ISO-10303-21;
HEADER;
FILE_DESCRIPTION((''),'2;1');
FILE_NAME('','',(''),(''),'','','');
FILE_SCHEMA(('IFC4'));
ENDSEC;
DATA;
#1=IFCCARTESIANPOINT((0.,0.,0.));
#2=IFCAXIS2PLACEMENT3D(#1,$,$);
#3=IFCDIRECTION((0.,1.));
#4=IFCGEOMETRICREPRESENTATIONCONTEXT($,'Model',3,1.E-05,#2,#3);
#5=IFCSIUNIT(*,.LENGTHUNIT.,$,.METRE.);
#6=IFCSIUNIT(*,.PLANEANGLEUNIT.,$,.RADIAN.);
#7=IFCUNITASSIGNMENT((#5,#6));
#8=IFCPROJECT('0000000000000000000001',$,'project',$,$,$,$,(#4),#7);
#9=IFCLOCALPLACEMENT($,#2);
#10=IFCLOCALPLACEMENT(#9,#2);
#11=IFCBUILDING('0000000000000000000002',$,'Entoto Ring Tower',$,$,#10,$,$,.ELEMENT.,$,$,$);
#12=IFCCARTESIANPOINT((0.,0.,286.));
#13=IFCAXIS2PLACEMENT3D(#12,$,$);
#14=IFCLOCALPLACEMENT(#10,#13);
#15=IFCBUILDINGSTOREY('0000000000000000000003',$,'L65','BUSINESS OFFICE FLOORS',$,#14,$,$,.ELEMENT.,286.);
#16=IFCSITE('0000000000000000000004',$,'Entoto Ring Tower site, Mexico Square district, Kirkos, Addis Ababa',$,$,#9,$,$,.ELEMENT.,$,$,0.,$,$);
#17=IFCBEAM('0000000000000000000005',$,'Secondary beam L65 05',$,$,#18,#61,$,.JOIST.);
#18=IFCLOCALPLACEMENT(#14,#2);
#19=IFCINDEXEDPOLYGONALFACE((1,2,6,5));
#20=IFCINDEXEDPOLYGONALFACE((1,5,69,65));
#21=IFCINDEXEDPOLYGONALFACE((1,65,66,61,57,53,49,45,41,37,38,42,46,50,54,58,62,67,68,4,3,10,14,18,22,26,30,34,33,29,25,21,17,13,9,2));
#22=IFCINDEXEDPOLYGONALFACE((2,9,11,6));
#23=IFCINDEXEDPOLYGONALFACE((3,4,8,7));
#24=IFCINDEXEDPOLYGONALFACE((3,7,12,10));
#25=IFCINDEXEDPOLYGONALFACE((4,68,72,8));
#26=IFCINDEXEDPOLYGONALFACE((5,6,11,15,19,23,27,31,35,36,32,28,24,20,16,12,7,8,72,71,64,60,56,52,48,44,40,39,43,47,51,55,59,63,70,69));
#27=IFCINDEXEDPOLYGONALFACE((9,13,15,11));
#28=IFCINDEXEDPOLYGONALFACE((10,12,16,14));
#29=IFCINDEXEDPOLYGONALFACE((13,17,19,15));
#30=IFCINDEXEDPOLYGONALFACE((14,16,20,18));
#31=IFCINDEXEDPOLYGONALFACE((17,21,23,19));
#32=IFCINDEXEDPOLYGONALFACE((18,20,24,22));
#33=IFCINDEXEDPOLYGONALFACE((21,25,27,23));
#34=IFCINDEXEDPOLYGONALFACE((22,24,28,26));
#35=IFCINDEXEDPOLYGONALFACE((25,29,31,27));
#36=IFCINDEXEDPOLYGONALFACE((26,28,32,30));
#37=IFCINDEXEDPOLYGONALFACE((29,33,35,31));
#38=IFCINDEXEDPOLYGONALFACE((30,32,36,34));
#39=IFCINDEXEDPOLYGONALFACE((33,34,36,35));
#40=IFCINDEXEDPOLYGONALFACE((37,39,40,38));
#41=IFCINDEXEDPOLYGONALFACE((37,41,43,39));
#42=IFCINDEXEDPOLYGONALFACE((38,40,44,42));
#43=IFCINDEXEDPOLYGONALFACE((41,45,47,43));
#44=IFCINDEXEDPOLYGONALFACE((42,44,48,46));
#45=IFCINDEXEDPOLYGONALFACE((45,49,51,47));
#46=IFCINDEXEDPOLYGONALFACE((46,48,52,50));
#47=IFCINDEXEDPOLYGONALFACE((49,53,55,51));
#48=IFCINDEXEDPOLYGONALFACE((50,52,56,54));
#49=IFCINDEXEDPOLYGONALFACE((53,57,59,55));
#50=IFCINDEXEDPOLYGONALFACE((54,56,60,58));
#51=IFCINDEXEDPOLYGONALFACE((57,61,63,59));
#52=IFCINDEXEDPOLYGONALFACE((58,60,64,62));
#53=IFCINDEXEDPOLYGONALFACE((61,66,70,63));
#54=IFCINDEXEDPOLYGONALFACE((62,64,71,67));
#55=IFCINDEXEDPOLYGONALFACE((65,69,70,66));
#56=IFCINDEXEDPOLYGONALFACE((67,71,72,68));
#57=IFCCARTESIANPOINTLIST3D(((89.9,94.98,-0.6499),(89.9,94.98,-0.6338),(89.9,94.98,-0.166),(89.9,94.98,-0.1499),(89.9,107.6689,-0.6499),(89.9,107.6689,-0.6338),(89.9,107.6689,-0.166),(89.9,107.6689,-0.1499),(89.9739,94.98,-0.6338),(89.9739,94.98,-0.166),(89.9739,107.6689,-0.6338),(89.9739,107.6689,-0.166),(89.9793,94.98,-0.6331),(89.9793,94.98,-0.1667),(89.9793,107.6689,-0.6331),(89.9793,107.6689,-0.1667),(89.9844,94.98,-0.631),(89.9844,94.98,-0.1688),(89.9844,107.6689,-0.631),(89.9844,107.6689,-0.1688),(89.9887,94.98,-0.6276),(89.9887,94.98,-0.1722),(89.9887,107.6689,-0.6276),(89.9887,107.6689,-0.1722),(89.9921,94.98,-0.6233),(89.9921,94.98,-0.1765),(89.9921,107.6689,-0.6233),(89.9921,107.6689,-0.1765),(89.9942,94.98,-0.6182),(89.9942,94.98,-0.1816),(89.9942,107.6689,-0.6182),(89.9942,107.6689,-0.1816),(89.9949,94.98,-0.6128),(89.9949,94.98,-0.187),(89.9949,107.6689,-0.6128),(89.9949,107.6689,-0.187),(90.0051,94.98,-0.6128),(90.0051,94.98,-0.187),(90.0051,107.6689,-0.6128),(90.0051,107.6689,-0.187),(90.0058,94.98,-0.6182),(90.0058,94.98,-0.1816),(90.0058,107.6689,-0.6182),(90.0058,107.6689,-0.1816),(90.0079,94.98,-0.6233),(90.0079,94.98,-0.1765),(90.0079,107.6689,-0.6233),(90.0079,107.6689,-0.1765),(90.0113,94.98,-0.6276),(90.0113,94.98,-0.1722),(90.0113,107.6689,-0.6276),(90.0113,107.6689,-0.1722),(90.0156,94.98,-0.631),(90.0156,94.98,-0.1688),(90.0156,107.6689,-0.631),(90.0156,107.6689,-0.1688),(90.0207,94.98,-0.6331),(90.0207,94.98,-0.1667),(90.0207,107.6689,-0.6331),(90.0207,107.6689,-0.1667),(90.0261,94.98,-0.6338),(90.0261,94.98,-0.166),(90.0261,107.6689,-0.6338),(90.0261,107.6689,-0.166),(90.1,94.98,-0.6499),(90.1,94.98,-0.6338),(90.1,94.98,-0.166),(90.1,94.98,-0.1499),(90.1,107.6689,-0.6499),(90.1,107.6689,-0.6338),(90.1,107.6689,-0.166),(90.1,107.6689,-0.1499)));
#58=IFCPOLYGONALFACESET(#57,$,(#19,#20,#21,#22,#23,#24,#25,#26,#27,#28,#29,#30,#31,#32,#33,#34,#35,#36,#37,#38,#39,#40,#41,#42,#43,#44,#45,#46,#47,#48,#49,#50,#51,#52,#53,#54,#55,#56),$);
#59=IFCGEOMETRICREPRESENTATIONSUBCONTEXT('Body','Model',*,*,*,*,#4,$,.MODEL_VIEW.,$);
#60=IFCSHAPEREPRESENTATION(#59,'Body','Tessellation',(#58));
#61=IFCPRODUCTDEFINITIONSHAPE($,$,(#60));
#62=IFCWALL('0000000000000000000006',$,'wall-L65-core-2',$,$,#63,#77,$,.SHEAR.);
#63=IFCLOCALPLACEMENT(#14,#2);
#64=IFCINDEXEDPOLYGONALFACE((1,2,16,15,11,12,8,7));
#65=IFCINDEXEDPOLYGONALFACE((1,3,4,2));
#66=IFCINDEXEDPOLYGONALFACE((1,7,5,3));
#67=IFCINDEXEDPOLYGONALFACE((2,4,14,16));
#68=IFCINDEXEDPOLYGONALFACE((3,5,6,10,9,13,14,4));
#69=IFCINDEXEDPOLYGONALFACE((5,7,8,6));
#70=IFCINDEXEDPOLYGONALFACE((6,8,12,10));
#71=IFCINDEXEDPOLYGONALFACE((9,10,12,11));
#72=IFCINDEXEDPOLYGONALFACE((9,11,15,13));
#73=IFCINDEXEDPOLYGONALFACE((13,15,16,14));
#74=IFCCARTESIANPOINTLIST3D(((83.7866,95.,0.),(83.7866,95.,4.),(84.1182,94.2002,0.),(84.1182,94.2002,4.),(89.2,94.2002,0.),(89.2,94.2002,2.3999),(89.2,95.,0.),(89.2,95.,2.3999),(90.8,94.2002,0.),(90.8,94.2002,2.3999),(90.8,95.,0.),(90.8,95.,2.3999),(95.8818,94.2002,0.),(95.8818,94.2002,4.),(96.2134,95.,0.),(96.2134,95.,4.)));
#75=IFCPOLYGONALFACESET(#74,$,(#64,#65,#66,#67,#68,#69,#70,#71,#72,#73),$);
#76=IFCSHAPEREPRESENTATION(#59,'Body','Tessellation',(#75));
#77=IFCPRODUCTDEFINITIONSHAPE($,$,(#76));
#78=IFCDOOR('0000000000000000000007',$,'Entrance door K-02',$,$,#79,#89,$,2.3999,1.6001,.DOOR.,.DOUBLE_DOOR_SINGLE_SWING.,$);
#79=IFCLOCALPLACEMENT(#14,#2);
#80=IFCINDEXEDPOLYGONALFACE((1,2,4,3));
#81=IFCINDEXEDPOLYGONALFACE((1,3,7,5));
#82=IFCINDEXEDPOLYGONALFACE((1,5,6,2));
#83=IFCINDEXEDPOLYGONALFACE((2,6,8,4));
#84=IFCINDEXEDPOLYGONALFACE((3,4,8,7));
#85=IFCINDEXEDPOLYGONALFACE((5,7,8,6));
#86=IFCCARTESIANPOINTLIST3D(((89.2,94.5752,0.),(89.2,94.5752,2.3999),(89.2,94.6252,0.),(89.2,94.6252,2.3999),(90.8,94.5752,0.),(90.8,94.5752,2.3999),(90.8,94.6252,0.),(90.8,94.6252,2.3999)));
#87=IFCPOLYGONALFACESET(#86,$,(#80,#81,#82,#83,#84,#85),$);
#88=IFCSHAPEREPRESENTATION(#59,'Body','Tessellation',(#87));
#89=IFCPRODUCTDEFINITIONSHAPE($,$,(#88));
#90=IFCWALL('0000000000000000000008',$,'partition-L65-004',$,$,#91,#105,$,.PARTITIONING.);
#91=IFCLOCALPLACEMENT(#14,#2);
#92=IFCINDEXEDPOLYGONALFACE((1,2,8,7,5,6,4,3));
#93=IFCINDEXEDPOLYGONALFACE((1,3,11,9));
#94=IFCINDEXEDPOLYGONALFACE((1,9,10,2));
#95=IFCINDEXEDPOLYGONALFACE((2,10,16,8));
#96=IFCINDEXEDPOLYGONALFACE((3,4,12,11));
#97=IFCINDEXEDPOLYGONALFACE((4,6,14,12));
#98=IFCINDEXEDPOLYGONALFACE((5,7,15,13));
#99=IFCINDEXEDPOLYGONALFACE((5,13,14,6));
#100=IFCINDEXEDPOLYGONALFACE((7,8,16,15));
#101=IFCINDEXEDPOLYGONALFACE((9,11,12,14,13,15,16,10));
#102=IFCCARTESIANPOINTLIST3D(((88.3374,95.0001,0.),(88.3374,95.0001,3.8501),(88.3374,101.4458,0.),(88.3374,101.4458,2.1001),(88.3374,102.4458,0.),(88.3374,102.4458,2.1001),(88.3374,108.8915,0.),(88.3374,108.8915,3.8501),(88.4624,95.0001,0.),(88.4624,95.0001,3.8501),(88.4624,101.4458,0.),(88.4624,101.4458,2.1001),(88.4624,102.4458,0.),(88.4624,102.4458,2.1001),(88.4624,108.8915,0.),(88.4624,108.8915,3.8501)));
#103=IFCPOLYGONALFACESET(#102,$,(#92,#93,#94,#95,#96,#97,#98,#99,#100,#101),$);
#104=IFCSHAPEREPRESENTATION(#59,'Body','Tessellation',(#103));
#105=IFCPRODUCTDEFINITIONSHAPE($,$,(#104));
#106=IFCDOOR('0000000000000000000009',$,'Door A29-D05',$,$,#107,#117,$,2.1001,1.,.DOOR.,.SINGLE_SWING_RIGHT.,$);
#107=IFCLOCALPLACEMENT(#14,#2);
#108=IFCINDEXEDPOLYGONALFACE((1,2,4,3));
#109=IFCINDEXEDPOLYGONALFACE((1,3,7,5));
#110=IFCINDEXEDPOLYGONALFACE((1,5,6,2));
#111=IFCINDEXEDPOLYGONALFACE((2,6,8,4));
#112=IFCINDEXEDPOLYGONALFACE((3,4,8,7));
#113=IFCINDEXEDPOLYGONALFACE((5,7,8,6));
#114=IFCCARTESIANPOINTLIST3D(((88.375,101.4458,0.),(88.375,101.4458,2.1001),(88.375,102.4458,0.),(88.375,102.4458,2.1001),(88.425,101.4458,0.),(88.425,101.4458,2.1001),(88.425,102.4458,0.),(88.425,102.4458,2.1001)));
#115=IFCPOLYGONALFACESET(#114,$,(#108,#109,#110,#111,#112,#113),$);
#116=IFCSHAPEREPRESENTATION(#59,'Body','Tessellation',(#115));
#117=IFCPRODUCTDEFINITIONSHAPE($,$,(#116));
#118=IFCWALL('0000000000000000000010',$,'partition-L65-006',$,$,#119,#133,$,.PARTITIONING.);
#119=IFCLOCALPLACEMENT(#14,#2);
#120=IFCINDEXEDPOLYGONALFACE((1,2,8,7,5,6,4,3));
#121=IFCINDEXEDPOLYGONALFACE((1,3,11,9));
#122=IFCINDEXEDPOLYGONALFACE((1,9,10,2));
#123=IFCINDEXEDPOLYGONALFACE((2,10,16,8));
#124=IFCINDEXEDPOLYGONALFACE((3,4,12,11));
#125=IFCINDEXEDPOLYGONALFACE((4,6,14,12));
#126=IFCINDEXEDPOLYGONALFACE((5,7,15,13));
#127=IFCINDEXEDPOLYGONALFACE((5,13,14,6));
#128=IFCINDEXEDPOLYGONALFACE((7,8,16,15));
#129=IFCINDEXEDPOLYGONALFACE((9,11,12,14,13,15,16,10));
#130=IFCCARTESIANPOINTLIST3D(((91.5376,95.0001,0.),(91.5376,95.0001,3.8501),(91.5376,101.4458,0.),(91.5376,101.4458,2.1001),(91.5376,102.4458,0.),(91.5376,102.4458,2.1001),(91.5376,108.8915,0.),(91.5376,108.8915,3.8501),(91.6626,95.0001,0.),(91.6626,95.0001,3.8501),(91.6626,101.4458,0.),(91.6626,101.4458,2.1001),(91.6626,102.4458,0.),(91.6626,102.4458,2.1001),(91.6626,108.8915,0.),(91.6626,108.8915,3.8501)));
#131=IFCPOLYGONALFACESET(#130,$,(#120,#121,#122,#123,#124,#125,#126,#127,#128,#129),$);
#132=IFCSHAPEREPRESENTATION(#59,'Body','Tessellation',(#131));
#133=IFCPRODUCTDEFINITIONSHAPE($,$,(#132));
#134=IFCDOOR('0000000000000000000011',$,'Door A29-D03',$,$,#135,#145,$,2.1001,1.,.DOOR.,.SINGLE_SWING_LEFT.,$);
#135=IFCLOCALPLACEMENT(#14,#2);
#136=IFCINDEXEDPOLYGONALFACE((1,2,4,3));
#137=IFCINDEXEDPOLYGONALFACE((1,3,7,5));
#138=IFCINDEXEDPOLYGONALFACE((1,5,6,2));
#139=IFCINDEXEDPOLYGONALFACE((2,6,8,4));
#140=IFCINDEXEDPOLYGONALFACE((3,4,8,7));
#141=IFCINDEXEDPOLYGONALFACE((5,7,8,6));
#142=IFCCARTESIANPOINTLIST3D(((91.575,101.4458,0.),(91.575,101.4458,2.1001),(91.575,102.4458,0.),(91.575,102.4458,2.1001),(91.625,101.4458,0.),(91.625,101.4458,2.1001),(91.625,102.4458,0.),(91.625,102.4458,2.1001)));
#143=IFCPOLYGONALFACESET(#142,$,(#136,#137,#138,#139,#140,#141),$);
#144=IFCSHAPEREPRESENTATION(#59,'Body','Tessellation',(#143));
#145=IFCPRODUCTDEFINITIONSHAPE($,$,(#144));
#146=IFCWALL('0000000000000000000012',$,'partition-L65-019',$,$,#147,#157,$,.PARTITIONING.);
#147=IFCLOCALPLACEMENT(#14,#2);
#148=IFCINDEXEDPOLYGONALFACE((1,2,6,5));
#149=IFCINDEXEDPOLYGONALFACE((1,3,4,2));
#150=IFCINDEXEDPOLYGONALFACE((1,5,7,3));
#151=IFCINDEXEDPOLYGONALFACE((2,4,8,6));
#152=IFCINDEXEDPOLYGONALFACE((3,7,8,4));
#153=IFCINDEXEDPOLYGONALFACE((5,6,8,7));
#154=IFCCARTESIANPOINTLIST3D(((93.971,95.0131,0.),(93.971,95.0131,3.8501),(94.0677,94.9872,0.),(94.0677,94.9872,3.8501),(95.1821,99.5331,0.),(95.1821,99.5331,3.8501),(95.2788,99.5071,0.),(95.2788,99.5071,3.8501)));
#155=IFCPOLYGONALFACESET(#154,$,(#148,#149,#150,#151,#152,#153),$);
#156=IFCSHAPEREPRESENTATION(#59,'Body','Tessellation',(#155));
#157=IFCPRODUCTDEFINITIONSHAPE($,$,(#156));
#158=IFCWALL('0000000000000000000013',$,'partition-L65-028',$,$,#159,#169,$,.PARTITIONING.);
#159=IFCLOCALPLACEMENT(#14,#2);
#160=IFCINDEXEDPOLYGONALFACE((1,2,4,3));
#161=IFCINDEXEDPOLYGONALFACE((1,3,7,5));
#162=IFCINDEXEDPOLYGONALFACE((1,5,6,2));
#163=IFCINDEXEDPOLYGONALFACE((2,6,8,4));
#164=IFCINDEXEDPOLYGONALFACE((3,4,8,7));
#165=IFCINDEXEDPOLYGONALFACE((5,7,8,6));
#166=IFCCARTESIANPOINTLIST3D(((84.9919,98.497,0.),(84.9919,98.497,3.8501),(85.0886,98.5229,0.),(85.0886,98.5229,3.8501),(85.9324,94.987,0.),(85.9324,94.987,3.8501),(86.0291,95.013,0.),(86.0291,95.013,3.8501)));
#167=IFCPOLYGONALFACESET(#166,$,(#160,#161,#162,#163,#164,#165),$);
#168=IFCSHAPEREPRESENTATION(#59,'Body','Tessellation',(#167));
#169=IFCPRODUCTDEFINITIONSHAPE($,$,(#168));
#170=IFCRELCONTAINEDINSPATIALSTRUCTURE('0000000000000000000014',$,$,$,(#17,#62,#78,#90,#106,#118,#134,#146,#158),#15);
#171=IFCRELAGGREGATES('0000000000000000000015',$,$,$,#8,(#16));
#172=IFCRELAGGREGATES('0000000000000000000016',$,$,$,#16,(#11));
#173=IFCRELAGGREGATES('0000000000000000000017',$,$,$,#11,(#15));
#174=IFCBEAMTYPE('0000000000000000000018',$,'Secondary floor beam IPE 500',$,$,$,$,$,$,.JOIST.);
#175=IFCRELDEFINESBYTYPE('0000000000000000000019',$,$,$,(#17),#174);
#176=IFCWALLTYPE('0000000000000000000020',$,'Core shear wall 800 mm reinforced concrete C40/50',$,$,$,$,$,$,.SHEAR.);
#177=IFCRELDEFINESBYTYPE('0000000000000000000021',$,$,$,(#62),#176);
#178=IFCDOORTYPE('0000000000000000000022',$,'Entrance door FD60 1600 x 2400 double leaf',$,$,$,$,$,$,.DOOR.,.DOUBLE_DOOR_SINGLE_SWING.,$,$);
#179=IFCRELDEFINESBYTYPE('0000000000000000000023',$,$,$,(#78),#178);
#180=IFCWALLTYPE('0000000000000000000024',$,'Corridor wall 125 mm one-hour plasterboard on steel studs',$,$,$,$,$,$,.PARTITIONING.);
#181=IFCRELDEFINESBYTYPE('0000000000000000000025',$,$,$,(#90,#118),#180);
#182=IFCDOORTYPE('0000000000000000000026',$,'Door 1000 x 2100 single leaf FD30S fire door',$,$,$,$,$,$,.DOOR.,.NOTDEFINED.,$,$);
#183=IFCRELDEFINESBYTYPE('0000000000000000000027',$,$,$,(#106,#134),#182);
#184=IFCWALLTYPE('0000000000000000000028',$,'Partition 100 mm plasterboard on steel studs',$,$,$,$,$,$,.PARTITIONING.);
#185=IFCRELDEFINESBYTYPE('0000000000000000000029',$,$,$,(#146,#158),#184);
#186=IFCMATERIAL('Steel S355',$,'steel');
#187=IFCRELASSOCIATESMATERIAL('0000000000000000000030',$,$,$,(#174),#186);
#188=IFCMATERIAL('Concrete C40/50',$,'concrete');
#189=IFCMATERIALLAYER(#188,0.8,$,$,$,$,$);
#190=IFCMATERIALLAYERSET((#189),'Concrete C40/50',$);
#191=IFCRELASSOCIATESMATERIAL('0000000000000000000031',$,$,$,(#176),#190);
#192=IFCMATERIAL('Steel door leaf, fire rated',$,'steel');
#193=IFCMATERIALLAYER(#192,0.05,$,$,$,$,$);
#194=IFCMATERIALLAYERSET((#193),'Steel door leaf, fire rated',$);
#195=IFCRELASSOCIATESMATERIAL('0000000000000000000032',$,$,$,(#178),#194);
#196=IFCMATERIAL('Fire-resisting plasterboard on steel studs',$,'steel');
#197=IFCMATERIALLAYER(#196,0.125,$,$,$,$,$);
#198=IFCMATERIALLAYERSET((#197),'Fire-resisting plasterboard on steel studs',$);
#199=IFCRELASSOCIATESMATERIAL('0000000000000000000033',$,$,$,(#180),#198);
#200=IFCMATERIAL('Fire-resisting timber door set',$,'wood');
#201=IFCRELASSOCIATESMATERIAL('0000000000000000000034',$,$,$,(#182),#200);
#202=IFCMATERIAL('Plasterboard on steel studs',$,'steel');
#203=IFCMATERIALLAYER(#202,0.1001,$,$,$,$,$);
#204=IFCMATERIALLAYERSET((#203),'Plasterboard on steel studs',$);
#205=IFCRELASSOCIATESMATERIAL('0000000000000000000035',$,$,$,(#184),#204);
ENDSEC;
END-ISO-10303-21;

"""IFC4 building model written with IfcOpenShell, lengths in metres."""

from ifc_helpers import new_model, si_unit, direction, frame, frame_2d, origin, origin_2d, place, context, subcontext, project, spatial, polyline, rectangle, i_section, outline, extrude, material, layer, layer_set, material_profile, profile_set, type_object, element, fill, save


model = new_model("IFC4")

# Units and contexts
model_context = context("Model", 3, precision=1e-05, world=origin(), true_north=direction((0.0, 1.0)))
body_context = subcontext(model_context, "Body", "Model", "MODEL_VIEW")
ifc_project = project(units=[si_unit("LENGTHUNIT", "METRE"), si_unit("PLANEANGLEUNIT", "RADIAN")], contexts=[model_context])

# Site, building, storey
site_placement = place(None, origin())
site = spatial("IfcSite", under=ifc_project, at=site_placement, Name="Entoto Ring Tower site, Mexico Square district, Kirkos, Addis Ababa", CompositionType="ELEMENT", RefElevation=0.0)
building_placement = place(site_placement, origin())
building = spatial("IfcBuilding", under=site, at=building_placement, Name="Entoto Ring Tower", CompositionType="ELEMENT")
storey_placement = place(building_placement, frame((0.0, 0.0, 286.0)))
storey = spatial("IfcBuildingStorey", under=building, at=storey_placement, Name="L65", Description="BUSINESS OFFICE FLOORS", CompositionType="ELEMENT", Elevation=286.0)

# Beam
ifc_material_1 = material(Name="Steel S355", Category="steel")
ifc_material_profile_1 = material_profile(ifc_material_1, i_section(OverallWidth=0.2, OverallDepth=0.5, WebThickness=0.0103, FlangeThickness=0.0161, FilletRadius=0.021, at=origin_2d()), Name="IPE 500")
ifc_profile_set_1 = profile_set([ifc_material_profile_1], Name="Steel S355")
beam_type_1 = type_object("IfcBeamType", Name="Secondary floor beam IPE 500", PredefinedType="JOIST", material=ifc_profile_set_1)
beam_1_placement = place(storey_placement, frame((90.0, 94.98, -0.3999), z_axis=(0.0, 1.0, 0.0), x_axis=(-1.0, 0.0, 0.0)))
element("IfcBeam", 1, at=beam_1_placement, inside=storey, type_object=beam_type_1, Name="Secondary beam L65 05", PredefinedType="JOIST", context=body_context, shape_type="SweptSolid", body=[
    extrude(i_section(OverallWidth=0.2, OverallDepth=0.5, WebThickness=0.0103, FlangeThickness=0.0161, FilletRadius=0.021, at=origin_2d()), origin(), (0.0, 0.0, 1.0), 12.689),
])

# Walls, openings, doors
ifc_material_2 = material(Name="Concrete C40/50", Category="concrete")
ifc_layer_1 = layer(ifc_material_2, 0.8)
ifc_layer_set_1 = layer_set([ifc_layer_1], Name="Concrete C40/50")
wall_type_1 = type_object("IfcWallType", Name="Core shear wall 800 mm reinforced concrete C40/50", PredefinedType="SHEAR", material=ifc_layer_set_1)
wall_1_placement = place(storey_placement, frame((96.0476, 94.6001, 0.0), z_axis=(0.0, 0.0, 1.0), x_axis=(-1.0, 0.0, 0.0)))
wall_1 = element("IfcWall", 2, at=wall_1_placement, inside=storey, type_object=wall_type_1, Name="wall-L65-core-2", PredefinedType="SHEAR", context=body_context, shape_type="SweptSolid", body=[
    extrude(outline(polyline([(-0.1658, -0.3999), (12.261, -0.3999), (11.9294, 0.3999), (0.1658, 0.3999), (-0.1658, -0.3999)])), origin(), (0.0, 0.0, 1.0), 4.0),
])
opening_1_placement = place(wall_1_placement, frame((5.2476, 0.0, 0.0)))
opening_1 = element("IfcOpeningElement", 3, at=opening_1_placement, cuts=wall_1, PredefinedType="OPENING", context=body_context, shape_type="SweptSolid", body=[
    extrude(rectangle(XDim=1.6001, YDim=2.3999, at=frame_2d((0.8, 1.2))), frame((0.0, 0.4102, 0.0), z_axis=(0.0, -1.0, 0.0), x_axis=(1.0, 0.0, 0.0)), (0.0, 0.0, 1.0), 0.8201),
])
ifc_material_3 = material(Name="Steel door leaf, fire rated", Category="steel")
ifc_layer_2 = layer(ifc_material_3, 0.05)
ifc_layer_set_2 = layer_set([ifc_layer_2], Name="Steel door leaf, fire rated")
door_type_1 = type_object("IfcDoorType", Name="Entrance door FD60 1600 x 2400 double leaf", OperationType="DOUBLE_DOOR_SINGLE_SWING", PredefinedType="DOOR", material=ifc_layer_set_2)
door_1_placement = place(opening_1_placement, origin())
door_1 = element("IfcDoor", 4, at=door_1_placement, inside=storey, type_object=door_type_1, Name="Entrance door K-02", OperationType="DOUBLE_DOOR_SINGLE_SWING", OverallHeight=2.3999, OverallWidth=1.6001, PredefinedType="DOOR", context=body_context, shape_type="SweptSolid", body=[
    extrude(rectangle(XDim=1.6001, YDim=2.3999, at=frame_2d((0.8, 1.2))), frame((0.0, 0.0249, 0.0), z_axis=(0.0, -1.0, 0.0), x_axis=(1.0, 0.0, 0.0)), (0.0, 0.0, 1.0), 0.05),
])
fill(opening_1, door_1)
ifc_material_4 = material(Name="Fire-resisting plasterboard on steel studs", Category="steel")
ifc_layer_3 = layer(ifc_material_4, 0.125)
ifc_layer_set_3 = layer_set([ifc_layer_3], Name="Fire-resisting plasterboard on steel studs")
wall_type_2 = type_object("IfcWallType", Name="Corridor wall 125 mm one-hour plasterboard on steel studs", PredefinedType="PARTITIONING", material=ifc_layer_set_3)
wall_2_placement = place(storey_placement, frame((88.3999, 95.0, 0.0), z_axis=(0.0, 0.0, 1.0), x_axis=(0.0, 1.0, 0.0)))
wall_2 = element("IfcWall", 5, at=wall_2_placement, inside=storey, type_object=wall_type_2, Name="partition-L65-004", PredefinedType="PARTITIONING", context=body_context, shape_type="SweptSolid", body=[
    extrude(rectangle(XDim=13.8914, YDim=0.125, at=frame_2d((6.9458, 0.0))), origin(), (0.0, 0.0, 1.0), 3.8501),
])
opening_2_placement = place(wall_2_placement, frame((6.4458, 0.0, 0.0)))
opening_2 = element("IfcOpeningElement", 6, at=opening_2_placement, cuts=wall_2, PredefinedType="OPENING", context=body_context, shape_type="SweptSolid", body=[
    extrude(rectangle(XDim=1.0, YDim=2.1001, at=frame_2d((0.5, 1.05))), frame((0.0, 0.0725, 0.0), z_axis=(0.0, -1.0, 0.0), x_axis=(1.0, 0.0, 0.0)), (0.0, 0.0, 1.0), 0.145),
])
ifc_material_5 = material(Name="Fire-resisting timber door set", Category="wood")
door_type_2 = type_object("IfcDoorType", Name="Door 1000 x 2100 single leaf FD30S fire door", OperationType="NOTDEFINED", PredefinedType="DOOR", material=ifc_material_5)
door_2_placement = place(opening_2_placement, origin())
door_2 = element("IfcDoor", 7, at=door_2_placement, inside=storey, type_object=door_type_2, Name="Door A29-D05", OperationType="SINGLE_SWING_RIGHT", OverallHeight=2.1001, OverallWidth=1.0, PredefinedType="DOOR", context=body_context, shape_type="SweptSolid", body=[
    extrude(rectangle(XDim=1.0, YDim=2.1001, at=frame_2d((0.5, 1.05))), frame((0.0, 0.0249, 0.0), z_axis=(0.0, -1.0, 0.0), x_axis=(1.0, 0.0, 0.0)), (0.0, 0.0, 1.0), 0.05),
])
fill(opening_2, door_2)
wall_3_placement = place(storey_placement, frame((91.6001, 95.0, 0.0), z_axis=(0.0, 0.0, 1.0), x_axis=(0.0, 1.0, 0.0)))
wall_3 = element("IfcWall", 8, at=wall_3_placement, inside=storey, type_object=wall_type_2, Name="partition-L65-006", PredefinedType="PARTITIONING", context=body_context, shape_type="SweptSolid", body=[
    extrude(rectangle(XDim=13.8914, YDim=0.125, at=frame_2d((6.9458, 0.0))), origin(), (0.0, 0.0, 1.0), 3.8501),
])
opening_3_placement = place(wall_3_placement, frame((6.4458, 0.0, 0.0)))
opening_3 = element("IfcOpeningElement", 9, at=opening_3_placement, cuts=wall_3, PredefinedType="OPENING", context=body_context, shape_type="SweptSolid", body=[
    extrude(rectangle(XDim=1.0, YDim=2.1001, at=frame_2d((0.5, 1.05))), frame((0.0, 0.0725, 0.0), z_axis=(0.0, -1.0, 0.0), x_axis=(1.0, 0.0, 0.0)), (0.0, 0.0, 1.0), 0.145),
])
door_3_placement = place(opening_3_placement, frame((1.0, 0.0, 0.0), z_axis=(0.0, 0.0, 1.0), x_axis=(-1.0, 0.0, 0.0)))
door_3 = element("IfcDoor", 10, at=door_3_placement, inside=storey, type_object=door_type_2, Name="Door A29-D03", OperationType="SINGLE_SWING_LEFT", OverallHeight=2.1001, OverallWidth=1.0, PredefinedType="DOOR", context=body_context, shape_type="SweptSolid", body=[
    extrude(rectangle(XDim=1.0, YDim=2.1001, at=frame_2d((0.5, 1.05))), frame((0.0, 0.0249, 0.0), z_axis=(0.0, -1.0, 0.0), x_axis=(1.0, 0.0, 0.0)), (0.0, 0.0, 1.0), 0.05),
])
fill(opening_3, door_3)

# Walls
ifc_material_6 = material(Name="Plasterboard on steel studs", Category="steel")
ifc_layer_4 = layer(ifc_material_6, 0.1001)
ifc_layer_set_4 = layer_set([ifc_layer_4], Name="Plasterboard on steel studs")
wall_type_3 = type_object("IfcWallType", Name="Partition 100 mm plasterboard on steel studs", PredefinedType="PARTITIONING", material=ifc_layer_set_4)
wall_4_placement = place(storey_placement, frame((94.0193, 95.0, 0.0), z_axis=(0.0, 0.0, 1.0), x_axis=(0.258828, 0.965923, 0.0)))
element("IfcWall", 11, at=wall_4_placement, inside=storey, type_object=wall_type_3, Name="partition-L65-019", PredefinedType="PARTITIONING", context=body_context, shape_type="SweptSolid", body=[
    extrude(rectangle(XDim=4.6794, YDim=0.1001, at=frame_2d((2.3398, 0.0))), origin(), (0.0, 0.0, 1.0), 3.8501),
])
wall_5_placement = place(storey_placement, frame((85.9807, 95.0, 0.0), z_axis=(0.0, 0.0, 1.0), x_axis=(-0.2588, 0.965931, 0.0)))
element("IfcWall", 12, at=wall_5_placement, inside=storey, type_object=wall_type_3, Name="partition-L65-028", PredefinedType="PARTITIONING", context=body_context, shape_type="SweptSolid", body=[
    extrude(rectangle(XDim=3.6338, YDim=0.1001, at=frame_2d((1.8169, 0.0))), origin(), (0.0, 0.0, 1.0), 3.8501),
])

save(model, "model.ifc")
